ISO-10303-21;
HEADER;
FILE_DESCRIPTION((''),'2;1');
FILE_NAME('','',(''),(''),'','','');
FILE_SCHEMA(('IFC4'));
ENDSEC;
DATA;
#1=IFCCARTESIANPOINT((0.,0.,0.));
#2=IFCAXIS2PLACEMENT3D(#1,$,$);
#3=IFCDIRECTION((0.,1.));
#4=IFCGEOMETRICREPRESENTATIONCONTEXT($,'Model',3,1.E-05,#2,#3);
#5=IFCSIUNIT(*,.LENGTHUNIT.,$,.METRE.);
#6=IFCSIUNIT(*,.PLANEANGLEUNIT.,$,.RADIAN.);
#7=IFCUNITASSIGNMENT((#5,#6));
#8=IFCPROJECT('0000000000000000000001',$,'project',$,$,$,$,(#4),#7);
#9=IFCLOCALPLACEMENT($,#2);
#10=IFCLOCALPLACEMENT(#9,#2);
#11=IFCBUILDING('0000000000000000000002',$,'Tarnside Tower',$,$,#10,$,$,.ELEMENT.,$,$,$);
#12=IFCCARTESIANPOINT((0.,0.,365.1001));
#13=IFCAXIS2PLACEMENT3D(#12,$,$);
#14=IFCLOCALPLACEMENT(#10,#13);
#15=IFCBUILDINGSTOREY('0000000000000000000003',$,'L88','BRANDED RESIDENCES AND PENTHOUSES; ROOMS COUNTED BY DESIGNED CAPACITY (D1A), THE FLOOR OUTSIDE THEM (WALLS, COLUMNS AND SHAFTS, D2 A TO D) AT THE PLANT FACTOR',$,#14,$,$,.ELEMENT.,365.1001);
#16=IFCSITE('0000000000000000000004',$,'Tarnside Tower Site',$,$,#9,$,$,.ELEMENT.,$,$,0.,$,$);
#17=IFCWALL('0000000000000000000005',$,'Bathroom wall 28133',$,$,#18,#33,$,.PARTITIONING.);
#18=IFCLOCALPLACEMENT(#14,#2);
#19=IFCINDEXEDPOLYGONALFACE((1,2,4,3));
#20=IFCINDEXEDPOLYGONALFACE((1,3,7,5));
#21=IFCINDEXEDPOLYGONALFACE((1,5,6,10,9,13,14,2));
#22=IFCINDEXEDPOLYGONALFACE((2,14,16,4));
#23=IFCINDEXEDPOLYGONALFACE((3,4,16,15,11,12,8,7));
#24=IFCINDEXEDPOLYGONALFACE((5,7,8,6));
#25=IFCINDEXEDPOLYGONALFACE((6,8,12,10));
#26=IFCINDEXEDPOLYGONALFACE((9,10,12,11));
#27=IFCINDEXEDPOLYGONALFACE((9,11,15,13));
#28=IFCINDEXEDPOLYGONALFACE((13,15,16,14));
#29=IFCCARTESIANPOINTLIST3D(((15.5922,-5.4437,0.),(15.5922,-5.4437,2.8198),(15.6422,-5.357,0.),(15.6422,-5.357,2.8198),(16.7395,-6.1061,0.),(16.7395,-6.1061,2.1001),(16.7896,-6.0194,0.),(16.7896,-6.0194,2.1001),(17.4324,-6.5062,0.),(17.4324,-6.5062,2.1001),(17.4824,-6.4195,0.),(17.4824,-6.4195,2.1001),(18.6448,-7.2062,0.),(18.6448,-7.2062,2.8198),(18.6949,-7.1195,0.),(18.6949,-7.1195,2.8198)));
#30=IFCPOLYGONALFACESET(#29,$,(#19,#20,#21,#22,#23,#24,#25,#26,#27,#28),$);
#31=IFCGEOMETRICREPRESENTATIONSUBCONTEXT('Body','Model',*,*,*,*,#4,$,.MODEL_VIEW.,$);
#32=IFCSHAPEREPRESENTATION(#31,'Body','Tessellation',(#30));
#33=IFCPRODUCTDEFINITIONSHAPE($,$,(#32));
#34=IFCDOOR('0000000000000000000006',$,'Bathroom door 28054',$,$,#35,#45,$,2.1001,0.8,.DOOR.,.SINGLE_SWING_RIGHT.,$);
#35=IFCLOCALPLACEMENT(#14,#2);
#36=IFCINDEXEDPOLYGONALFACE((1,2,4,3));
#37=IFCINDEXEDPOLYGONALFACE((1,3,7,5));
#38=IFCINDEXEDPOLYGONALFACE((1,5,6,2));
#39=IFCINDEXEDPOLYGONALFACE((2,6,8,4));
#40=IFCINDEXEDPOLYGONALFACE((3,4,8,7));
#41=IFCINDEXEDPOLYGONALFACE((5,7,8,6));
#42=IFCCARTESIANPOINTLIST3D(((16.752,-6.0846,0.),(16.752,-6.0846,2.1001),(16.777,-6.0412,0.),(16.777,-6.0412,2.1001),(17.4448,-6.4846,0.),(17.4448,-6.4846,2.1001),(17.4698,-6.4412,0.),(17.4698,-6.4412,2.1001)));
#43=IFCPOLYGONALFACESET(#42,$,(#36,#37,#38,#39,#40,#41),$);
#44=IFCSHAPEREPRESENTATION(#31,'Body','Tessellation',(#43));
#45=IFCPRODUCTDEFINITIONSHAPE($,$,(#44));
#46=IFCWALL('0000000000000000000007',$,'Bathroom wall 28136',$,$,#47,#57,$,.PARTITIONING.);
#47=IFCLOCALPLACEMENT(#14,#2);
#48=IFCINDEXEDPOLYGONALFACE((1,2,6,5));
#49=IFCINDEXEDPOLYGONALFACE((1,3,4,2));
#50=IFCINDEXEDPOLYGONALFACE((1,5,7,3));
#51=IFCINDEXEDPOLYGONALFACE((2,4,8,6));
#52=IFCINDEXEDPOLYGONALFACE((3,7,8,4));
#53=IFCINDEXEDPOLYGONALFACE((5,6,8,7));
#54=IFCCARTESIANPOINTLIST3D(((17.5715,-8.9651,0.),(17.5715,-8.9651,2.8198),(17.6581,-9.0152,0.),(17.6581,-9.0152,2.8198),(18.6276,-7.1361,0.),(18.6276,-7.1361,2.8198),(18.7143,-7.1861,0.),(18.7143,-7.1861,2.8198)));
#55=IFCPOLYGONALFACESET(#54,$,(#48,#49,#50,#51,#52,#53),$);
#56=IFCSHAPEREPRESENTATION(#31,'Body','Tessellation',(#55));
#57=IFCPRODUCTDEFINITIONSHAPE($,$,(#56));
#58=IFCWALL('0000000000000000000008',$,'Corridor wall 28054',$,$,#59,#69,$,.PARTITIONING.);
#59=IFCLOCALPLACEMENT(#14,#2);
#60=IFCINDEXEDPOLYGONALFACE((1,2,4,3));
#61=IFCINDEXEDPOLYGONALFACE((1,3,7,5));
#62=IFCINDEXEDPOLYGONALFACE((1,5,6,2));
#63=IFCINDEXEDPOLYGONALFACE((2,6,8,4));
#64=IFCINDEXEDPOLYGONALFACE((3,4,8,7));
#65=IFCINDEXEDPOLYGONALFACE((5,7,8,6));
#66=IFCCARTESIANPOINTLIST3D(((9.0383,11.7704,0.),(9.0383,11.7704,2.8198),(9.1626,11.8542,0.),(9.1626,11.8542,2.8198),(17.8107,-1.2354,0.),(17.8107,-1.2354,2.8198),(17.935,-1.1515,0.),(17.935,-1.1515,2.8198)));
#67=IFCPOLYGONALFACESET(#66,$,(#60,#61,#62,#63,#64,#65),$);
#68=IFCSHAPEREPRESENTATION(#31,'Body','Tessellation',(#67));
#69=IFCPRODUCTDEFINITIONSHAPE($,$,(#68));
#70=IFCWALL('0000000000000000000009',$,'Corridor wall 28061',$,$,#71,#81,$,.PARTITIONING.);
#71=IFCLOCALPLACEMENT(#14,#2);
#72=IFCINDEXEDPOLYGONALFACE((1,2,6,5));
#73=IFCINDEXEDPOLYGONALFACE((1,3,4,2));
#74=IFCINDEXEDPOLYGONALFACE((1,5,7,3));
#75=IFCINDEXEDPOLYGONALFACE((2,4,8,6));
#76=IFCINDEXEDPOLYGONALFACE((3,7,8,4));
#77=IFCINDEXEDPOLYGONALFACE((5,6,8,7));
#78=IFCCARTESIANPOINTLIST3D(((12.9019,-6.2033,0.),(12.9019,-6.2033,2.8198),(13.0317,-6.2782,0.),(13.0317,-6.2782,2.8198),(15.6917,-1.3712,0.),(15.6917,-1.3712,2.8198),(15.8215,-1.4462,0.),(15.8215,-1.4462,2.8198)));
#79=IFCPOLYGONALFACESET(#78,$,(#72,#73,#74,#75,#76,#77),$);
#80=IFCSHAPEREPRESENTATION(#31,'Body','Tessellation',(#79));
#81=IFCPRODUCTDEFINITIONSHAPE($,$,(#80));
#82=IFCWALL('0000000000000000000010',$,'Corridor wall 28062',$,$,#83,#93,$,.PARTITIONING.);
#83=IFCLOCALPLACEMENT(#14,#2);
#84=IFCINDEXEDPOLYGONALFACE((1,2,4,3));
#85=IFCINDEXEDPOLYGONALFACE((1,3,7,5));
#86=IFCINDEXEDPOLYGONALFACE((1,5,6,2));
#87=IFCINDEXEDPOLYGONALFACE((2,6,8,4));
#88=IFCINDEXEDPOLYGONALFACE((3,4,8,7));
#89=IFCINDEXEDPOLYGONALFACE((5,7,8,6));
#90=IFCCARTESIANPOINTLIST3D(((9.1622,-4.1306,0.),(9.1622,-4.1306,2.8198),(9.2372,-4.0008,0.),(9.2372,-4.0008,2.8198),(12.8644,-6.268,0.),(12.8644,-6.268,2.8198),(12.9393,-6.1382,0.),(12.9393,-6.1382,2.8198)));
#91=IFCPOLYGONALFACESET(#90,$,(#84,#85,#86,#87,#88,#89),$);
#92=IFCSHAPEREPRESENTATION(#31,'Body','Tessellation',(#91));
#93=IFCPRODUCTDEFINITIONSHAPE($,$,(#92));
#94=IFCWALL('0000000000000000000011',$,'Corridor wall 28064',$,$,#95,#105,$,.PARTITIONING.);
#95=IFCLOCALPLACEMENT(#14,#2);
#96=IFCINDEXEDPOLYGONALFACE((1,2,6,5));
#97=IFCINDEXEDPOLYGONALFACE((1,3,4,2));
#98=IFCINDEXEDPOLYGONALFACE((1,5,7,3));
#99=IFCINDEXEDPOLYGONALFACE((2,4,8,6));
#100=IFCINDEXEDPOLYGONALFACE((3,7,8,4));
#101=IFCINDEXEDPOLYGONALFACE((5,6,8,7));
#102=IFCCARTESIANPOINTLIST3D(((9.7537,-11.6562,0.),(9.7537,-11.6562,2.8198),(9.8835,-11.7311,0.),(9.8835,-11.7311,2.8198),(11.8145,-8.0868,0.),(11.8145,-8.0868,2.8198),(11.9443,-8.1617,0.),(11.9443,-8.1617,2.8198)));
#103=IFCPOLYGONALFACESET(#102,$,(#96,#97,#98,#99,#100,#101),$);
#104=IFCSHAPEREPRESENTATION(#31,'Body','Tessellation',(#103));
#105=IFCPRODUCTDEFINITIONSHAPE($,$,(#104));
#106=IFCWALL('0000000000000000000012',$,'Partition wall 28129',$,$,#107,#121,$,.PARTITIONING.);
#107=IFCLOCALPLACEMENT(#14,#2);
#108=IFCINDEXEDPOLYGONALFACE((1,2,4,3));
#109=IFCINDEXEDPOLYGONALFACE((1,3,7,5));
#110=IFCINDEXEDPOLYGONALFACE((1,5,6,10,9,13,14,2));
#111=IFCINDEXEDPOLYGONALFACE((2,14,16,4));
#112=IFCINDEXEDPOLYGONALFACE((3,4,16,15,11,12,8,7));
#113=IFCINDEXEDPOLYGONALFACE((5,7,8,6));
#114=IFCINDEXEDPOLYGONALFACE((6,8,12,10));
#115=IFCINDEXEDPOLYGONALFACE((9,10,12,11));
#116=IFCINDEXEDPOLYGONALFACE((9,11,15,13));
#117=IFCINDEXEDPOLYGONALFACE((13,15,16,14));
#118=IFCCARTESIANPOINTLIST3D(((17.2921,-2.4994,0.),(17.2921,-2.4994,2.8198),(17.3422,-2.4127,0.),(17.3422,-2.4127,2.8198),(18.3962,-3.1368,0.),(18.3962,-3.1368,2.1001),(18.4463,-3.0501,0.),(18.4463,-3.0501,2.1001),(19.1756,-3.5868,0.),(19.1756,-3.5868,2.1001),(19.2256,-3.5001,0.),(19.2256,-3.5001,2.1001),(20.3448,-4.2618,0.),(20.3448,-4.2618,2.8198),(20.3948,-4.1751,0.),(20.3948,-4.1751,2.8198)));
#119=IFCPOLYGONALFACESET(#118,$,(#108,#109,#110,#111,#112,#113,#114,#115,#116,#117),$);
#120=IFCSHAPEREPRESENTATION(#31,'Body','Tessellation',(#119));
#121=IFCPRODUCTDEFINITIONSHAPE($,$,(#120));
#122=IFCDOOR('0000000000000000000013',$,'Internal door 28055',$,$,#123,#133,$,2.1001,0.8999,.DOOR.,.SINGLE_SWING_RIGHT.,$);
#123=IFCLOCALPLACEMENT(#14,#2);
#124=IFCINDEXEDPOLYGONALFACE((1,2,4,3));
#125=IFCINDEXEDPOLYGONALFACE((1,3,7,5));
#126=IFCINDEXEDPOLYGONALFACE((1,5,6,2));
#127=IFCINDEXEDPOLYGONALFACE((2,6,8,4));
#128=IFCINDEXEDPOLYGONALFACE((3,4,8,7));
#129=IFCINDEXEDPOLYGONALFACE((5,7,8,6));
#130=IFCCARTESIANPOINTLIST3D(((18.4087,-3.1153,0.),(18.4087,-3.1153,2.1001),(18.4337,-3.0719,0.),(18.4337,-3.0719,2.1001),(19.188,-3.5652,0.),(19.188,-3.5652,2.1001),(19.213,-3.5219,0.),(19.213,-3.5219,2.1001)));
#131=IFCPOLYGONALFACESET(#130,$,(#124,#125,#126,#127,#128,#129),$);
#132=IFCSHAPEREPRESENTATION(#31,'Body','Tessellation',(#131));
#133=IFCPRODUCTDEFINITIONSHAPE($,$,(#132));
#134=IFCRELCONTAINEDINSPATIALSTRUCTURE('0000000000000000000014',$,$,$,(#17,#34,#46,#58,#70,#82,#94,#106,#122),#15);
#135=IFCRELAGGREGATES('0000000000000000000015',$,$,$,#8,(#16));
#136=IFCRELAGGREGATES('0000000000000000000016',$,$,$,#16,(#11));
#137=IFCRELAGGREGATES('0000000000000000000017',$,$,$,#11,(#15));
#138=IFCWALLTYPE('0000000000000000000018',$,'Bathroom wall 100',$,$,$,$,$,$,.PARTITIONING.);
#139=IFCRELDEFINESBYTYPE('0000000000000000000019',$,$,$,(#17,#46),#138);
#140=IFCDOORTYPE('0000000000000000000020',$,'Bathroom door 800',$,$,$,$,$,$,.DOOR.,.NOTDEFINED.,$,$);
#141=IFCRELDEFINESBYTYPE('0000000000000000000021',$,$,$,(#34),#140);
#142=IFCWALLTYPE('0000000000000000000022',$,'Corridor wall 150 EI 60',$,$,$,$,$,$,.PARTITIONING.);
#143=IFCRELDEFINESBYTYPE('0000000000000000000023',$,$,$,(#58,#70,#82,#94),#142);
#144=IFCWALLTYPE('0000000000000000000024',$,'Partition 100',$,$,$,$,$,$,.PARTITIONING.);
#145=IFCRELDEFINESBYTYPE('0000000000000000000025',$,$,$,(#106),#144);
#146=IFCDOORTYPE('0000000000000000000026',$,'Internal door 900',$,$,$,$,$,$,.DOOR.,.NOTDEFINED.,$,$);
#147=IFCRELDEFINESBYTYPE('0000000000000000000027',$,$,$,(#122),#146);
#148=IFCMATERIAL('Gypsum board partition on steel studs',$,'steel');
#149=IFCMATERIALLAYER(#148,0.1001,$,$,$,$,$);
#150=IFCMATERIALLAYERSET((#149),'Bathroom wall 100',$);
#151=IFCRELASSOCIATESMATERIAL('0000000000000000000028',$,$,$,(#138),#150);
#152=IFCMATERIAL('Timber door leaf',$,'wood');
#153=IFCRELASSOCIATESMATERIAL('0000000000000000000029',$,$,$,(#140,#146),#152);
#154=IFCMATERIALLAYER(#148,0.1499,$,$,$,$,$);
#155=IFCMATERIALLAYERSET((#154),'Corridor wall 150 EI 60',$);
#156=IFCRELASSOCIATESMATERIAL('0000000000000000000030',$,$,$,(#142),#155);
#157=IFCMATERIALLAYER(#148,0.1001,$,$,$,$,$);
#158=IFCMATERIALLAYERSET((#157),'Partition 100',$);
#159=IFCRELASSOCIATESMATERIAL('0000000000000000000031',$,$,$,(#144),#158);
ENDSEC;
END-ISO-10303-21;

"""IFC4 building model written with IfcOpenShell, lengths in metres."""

from ifc_helpers import new_model, si_unit, direction, frame, frame_2d, origin, place, context, subcontext, project, spatial, rectangle, extrude, material, layer, layer_set, type_object, element, fill, save


model = new_model("IFC4")

# Units and contexts
model_context = context("Model", 3, precision=1e-05, world=origin(), true_north=direction((0.0, 1.0)))
body_context = subcontext(model_context, "Body", "Model", "MODEL_VIEW")
ifc_project = project(units=[si_unit("LENGTHUNIT", "METRE"), si_unit("PLANEANGLEUNIT", "RADIAN")], contexts=[model_context])

# Site, building, storey
site_placement = place(None, origin())
site = spatial("IfcSite", under=ifc_project, at=site_placement, Name="Tarnside Tower Site", CompositionType="ELEMENT", RefElevation=0.0)
building_placement = place(site_placement, origin())
building = spatial("IfcBuilding", under=site, at=building_placement, Name="Tarnside Tower", CompositionType="ELEMENT")
storey_placement = place(building_placement, frame((0.0, 0.0, 365.1001)))
storey = spatial("IfcBuildingStorey", under=building, at=storey_placement, Name="L88", Description="BRANDED RESIDENCES AND PENTHOUSES; ROOMS COUNTED BY DESIGNED CAPACITY (D1A), THE FLOOR OUTSIDE THEM (WALLS, COLUMNS AND SHAFTS, D2 A TO D) AT THE PLANT FACTOR", CompositionType="ELEMENT", Elevation=365.1001)

# Wall, opening, door
ifc_material_1 = material(Name="Gypsum board partition on steel studs", Category="steel")
ifc_layer_1 = layer(ifc_material_1, 0.1001)
ifc_layer_set_1 = layer_set([ifc_layer_1], Name="Bathroom wall 100")
wall_type_1 = type_object("IfcWallType", Name="Bathroom wall 100", PredefinedType="PARTITIONING", material=ifc_layer_set_1)
wall_1_placement = place(storey_placement, frame((15.6172, -5.4004, 0.0), z_axis=(0.0, 0.0, 1.0), x_axis=(0.866031, -0.49999, 0.0)))
wall_1 = element("IfcWall", 1, at=wall_1_placement, inside=storey, type_object=wall_type_1, Name="Bathroom wall 28133", PredefinedType="PARTITIONING", context=body_context, shape_type="SweptSolid", body=[
    extrude(rectangle(XDim=3.5249, YDim=0.1001, at=frame_2d((1.7625, 0.0))), origin(), (0.0, 0.0, 1.0), 2.8198),
])
opening_1_placement = place(wall_1_placement, frame((1.325, 0.0, 0.0)))
opening_1 = element("IfcOpeningElement", 2, at=opening_1_placement, cuts=wall_1, PredefinedType="OPENING", context=body_context, shape_type="SweptSolid", body=[
    extrude(rectangle(XDim=0.8, YDim=2.1001, at=frame_2d((0.3999, 1.05))), frame((0.0, 0.0601, 0.0), z_axis=(0.0, -1.0, 0.0), x_axis=(1.0, 0.0, 0.0)), (0.0, 0.0, 1.0), 0.1201),
])
ifc_material_2 = material(Name="Timber door leaf", Category="wood")
door_type_1 = type_object("IfcDoorType", Name="Bathroom door 800", OperationType="NOTDEFINED", PredefinedType="DOOR", material=ifc_material_2)
door_1_placement = place(opening_1_placement, origin())
door_1 = element("IfcDoor", 3, at=door_1_placement, inside=storey, type_object=door_type_1, Name="Bathroom door 28054", OperationType="SINGLE_SWING_RIGHT", OverallHeight=2.1001, OverallWidth=0.8, PredefinedType="DOOR", context=body_context, shape_type="SweptSolid", body=[
    extrude(rectangle(XDim=0.8, YDim=2.1001, at=frame_2d((0.3999, 1.05))), frame((0.0, 0.0249, 0.0), z_axis=(0.0, -1.0, 0.0), x_axis=(1.0, 0.0, 0.0)), (0.0, 0.0, 1.0), 0.05),
])
fill(opening_1, door_1)

# Walls
wall_2_placement = place(storey_placement, frame((17.6147, -8.9902, 0.0), z_axis=(0.0, 0.0, 1.0), x_axis=(0.500043, 0.866001, 0.0)))
element("IfcWall", 4, at=wall_2_placement, inside=storey, type_object=wall_type_1, Name="Bathroom wall 28136", PredefinedType="PARTITIONING", context=body_context, shape_type="SweptSolid", body=[
    extrude(rectangle(XDim=2.1121, YDim=0.1001, at=frame_2d((1.0562, 0.0))), origin(), (0.0, 0.0, 1.0), 2.8198),
])
ifc_layer_2 = layer(ifc_material_1, 0.1499)
ifc_layer_set_2 = layer_set([ifc_layer_2], Name="Corridor wall 150 EI 60")
wall_type_2 = type_object("IfcWallType", Name="Corridor wall 150 EI 60", PredefinedType="PARTITIONING", material=ifc_layer_set_2)
wall_3_placement = place(storey_placement, frame((17.8728, -1.1934, 0.0), z_axis=(0.0, 0.0, 1.0), x_axis=(-0.559188, 0.829041, 0.0)))
element("IfcWall", 5, at=wall_3_placement, inside=storey, type_object=wall_type_2, Name="Corridor wall 28054", PredefinedType="PARTITIONING", context=body_context, shape_type="SweptSolid", body=[
    extrude(rectangle(XDim=15.6877, YDim=0.1499, at=frame_2d((7.8438, 0.0))), origin(), (0.0, 0.0, 1.0), 2.8198),
])
wall_4_placement = place(storey_placement, frame((15.7566, -1.4087, 0.0), z_axis=(0.0, 0.0, 1.0), x_axis=(-0.500003, -0.866024, 0.0)))
element("IfcWall", 6, at=wall_4_placement, inside=storey, type_object=wall_type_2, Name="Corridor wall 28061", PredefinedType="PARTITIONING", context=body_context, shape_type="SweptSolid", body=[
    extrude(rectangle(XDim=5.5796, YDim=0.1499, at=frame_2d((2.7898, 0.0))), origin(), (0.0, 0.0, 1.0), 2.8198),
])
wall_5_placement = place(storey_placement, frame((12.9019, -6.2031, 0.0), z_axis=(0.0, 0.0, 1.0), x_axis=(-0.866024, 0.500003, 0.0)))
element("IfcWall", 7, at=wall_5_placement, inside=storey, type_object=wall_type_2, Name="Corridor wall 28062", PredefinedType="PARTITIONING", context=body_context, shape_type="SweptSolid", body=[
    extrude(rectangle(XDim=4.2749, YDim=0.1499, at=frame_2d((2.1375, 0.0))), origin(), (0.0, 0.0, 1.0), 2.8198),
])
wall_6_placement = place(storey_placement, frame((11.8794, -8.1243, 0.0), z_axis=(0.0, 0.0, 1.0), x_axis=(-0.500006, -0.866022, 0.0)))
element("IfcWall", 8, at=wall_6_placement, inside=storey, type_object=wall_type_2, Name="Corridor wall 28064", PredefinedType="PARTITIONING", context=body_context, shape_type="SweptSolid", body=[
    extrude(rectangle(XDim=4.1216, YDim=0.1499, at=frame_2d((2.0608, 0.0))), origin(), (0.0, 0.0, 1.0), 2.8198),
])

# Wall, opening, door
ifc_layer_3 = layer(ifc_material_1, 0.1001)
ifc_layer_set_3 = layer_set([ifc_layer_3], Name="Partition 100")
wall_type_3 = type_object("IfcWallType", Name="Partition 100", PredefinedType="PARTITIONING", material=ifc_layer_set_3)
wall_7_placement = place(storey_placement, frame((17.3171, -2.4561, 0.0), z_axis=(0.0, 0.0, 1.0), x_axis=(0.866031, -0.49999, 0.0)))
wall_7 = element("IfcWall", 9, at=wall_7_placement, inside=storey, type_object=wall_type_3, Name="Partition wall 28129", PredefinedType="PARTITIONING", context=body_context, shape_type="SweptSolid", body=[
    extrude(rectangle(XDim=3.5249, YDim=0.1001, at=frame_2d((1.7625, 0.0))), origin(), (0.0, 0.0, 1.0), 2.8198),
])
opening_2_placement = place(wall_7_placement, frame((1.2749, 0.0, 0.0)))
opening_2 = element("IfcOpeningElement", 10, at=opening_2_placement, cuts=wall_7, PredefinedType="OPENING", context=body_context, shape_type="SweptSolid", body=[
    extrude(rectangle(XDim=0.8999, YDim=2.1001, at=frame_2d((0.45, 1.05))), frame((0.0, 0.0601, 0.0), z_axis=(0.0, -1.0, 0.0), x_axis=(1.0, 0.0, 0.0)), (0.0, 0.0, 1.0), 0.1201),
])
door_type_2 = type_object("IfcDoorType", Name="Internal door 900", OperationType="NOTDEFINED", PredefinedType="DOOR", material=ifc_material_2)
door_2_placement = place(opening_2_placement, origin())
door_2 = element("IfcDoor", 11, at=door_2_placement, inside=storey, type_object=door_type_2, Name="Internal door 28055", OperationType="SINGLE_SWING_RIGHT", OverallHeight=2.1001, OverallWidth=0.8999, PredefinedType="DOOR", context=body_context, shape_type="SweptSolid", body=[
    extrude(rectangle(XDim=0.8999, YDim=2.1001, at=frame_2d((0.45, 1.05))), frame((0.0, 0.0249, 0.0), z_axis=(0.0, -1.0, 0.0), x_axis=(1.0, 0.0, 0.0)), (0.0, 0.0, 1.0), 0.05),
])
fill(opening_2, door_2)

save(model, "model.ifc")
